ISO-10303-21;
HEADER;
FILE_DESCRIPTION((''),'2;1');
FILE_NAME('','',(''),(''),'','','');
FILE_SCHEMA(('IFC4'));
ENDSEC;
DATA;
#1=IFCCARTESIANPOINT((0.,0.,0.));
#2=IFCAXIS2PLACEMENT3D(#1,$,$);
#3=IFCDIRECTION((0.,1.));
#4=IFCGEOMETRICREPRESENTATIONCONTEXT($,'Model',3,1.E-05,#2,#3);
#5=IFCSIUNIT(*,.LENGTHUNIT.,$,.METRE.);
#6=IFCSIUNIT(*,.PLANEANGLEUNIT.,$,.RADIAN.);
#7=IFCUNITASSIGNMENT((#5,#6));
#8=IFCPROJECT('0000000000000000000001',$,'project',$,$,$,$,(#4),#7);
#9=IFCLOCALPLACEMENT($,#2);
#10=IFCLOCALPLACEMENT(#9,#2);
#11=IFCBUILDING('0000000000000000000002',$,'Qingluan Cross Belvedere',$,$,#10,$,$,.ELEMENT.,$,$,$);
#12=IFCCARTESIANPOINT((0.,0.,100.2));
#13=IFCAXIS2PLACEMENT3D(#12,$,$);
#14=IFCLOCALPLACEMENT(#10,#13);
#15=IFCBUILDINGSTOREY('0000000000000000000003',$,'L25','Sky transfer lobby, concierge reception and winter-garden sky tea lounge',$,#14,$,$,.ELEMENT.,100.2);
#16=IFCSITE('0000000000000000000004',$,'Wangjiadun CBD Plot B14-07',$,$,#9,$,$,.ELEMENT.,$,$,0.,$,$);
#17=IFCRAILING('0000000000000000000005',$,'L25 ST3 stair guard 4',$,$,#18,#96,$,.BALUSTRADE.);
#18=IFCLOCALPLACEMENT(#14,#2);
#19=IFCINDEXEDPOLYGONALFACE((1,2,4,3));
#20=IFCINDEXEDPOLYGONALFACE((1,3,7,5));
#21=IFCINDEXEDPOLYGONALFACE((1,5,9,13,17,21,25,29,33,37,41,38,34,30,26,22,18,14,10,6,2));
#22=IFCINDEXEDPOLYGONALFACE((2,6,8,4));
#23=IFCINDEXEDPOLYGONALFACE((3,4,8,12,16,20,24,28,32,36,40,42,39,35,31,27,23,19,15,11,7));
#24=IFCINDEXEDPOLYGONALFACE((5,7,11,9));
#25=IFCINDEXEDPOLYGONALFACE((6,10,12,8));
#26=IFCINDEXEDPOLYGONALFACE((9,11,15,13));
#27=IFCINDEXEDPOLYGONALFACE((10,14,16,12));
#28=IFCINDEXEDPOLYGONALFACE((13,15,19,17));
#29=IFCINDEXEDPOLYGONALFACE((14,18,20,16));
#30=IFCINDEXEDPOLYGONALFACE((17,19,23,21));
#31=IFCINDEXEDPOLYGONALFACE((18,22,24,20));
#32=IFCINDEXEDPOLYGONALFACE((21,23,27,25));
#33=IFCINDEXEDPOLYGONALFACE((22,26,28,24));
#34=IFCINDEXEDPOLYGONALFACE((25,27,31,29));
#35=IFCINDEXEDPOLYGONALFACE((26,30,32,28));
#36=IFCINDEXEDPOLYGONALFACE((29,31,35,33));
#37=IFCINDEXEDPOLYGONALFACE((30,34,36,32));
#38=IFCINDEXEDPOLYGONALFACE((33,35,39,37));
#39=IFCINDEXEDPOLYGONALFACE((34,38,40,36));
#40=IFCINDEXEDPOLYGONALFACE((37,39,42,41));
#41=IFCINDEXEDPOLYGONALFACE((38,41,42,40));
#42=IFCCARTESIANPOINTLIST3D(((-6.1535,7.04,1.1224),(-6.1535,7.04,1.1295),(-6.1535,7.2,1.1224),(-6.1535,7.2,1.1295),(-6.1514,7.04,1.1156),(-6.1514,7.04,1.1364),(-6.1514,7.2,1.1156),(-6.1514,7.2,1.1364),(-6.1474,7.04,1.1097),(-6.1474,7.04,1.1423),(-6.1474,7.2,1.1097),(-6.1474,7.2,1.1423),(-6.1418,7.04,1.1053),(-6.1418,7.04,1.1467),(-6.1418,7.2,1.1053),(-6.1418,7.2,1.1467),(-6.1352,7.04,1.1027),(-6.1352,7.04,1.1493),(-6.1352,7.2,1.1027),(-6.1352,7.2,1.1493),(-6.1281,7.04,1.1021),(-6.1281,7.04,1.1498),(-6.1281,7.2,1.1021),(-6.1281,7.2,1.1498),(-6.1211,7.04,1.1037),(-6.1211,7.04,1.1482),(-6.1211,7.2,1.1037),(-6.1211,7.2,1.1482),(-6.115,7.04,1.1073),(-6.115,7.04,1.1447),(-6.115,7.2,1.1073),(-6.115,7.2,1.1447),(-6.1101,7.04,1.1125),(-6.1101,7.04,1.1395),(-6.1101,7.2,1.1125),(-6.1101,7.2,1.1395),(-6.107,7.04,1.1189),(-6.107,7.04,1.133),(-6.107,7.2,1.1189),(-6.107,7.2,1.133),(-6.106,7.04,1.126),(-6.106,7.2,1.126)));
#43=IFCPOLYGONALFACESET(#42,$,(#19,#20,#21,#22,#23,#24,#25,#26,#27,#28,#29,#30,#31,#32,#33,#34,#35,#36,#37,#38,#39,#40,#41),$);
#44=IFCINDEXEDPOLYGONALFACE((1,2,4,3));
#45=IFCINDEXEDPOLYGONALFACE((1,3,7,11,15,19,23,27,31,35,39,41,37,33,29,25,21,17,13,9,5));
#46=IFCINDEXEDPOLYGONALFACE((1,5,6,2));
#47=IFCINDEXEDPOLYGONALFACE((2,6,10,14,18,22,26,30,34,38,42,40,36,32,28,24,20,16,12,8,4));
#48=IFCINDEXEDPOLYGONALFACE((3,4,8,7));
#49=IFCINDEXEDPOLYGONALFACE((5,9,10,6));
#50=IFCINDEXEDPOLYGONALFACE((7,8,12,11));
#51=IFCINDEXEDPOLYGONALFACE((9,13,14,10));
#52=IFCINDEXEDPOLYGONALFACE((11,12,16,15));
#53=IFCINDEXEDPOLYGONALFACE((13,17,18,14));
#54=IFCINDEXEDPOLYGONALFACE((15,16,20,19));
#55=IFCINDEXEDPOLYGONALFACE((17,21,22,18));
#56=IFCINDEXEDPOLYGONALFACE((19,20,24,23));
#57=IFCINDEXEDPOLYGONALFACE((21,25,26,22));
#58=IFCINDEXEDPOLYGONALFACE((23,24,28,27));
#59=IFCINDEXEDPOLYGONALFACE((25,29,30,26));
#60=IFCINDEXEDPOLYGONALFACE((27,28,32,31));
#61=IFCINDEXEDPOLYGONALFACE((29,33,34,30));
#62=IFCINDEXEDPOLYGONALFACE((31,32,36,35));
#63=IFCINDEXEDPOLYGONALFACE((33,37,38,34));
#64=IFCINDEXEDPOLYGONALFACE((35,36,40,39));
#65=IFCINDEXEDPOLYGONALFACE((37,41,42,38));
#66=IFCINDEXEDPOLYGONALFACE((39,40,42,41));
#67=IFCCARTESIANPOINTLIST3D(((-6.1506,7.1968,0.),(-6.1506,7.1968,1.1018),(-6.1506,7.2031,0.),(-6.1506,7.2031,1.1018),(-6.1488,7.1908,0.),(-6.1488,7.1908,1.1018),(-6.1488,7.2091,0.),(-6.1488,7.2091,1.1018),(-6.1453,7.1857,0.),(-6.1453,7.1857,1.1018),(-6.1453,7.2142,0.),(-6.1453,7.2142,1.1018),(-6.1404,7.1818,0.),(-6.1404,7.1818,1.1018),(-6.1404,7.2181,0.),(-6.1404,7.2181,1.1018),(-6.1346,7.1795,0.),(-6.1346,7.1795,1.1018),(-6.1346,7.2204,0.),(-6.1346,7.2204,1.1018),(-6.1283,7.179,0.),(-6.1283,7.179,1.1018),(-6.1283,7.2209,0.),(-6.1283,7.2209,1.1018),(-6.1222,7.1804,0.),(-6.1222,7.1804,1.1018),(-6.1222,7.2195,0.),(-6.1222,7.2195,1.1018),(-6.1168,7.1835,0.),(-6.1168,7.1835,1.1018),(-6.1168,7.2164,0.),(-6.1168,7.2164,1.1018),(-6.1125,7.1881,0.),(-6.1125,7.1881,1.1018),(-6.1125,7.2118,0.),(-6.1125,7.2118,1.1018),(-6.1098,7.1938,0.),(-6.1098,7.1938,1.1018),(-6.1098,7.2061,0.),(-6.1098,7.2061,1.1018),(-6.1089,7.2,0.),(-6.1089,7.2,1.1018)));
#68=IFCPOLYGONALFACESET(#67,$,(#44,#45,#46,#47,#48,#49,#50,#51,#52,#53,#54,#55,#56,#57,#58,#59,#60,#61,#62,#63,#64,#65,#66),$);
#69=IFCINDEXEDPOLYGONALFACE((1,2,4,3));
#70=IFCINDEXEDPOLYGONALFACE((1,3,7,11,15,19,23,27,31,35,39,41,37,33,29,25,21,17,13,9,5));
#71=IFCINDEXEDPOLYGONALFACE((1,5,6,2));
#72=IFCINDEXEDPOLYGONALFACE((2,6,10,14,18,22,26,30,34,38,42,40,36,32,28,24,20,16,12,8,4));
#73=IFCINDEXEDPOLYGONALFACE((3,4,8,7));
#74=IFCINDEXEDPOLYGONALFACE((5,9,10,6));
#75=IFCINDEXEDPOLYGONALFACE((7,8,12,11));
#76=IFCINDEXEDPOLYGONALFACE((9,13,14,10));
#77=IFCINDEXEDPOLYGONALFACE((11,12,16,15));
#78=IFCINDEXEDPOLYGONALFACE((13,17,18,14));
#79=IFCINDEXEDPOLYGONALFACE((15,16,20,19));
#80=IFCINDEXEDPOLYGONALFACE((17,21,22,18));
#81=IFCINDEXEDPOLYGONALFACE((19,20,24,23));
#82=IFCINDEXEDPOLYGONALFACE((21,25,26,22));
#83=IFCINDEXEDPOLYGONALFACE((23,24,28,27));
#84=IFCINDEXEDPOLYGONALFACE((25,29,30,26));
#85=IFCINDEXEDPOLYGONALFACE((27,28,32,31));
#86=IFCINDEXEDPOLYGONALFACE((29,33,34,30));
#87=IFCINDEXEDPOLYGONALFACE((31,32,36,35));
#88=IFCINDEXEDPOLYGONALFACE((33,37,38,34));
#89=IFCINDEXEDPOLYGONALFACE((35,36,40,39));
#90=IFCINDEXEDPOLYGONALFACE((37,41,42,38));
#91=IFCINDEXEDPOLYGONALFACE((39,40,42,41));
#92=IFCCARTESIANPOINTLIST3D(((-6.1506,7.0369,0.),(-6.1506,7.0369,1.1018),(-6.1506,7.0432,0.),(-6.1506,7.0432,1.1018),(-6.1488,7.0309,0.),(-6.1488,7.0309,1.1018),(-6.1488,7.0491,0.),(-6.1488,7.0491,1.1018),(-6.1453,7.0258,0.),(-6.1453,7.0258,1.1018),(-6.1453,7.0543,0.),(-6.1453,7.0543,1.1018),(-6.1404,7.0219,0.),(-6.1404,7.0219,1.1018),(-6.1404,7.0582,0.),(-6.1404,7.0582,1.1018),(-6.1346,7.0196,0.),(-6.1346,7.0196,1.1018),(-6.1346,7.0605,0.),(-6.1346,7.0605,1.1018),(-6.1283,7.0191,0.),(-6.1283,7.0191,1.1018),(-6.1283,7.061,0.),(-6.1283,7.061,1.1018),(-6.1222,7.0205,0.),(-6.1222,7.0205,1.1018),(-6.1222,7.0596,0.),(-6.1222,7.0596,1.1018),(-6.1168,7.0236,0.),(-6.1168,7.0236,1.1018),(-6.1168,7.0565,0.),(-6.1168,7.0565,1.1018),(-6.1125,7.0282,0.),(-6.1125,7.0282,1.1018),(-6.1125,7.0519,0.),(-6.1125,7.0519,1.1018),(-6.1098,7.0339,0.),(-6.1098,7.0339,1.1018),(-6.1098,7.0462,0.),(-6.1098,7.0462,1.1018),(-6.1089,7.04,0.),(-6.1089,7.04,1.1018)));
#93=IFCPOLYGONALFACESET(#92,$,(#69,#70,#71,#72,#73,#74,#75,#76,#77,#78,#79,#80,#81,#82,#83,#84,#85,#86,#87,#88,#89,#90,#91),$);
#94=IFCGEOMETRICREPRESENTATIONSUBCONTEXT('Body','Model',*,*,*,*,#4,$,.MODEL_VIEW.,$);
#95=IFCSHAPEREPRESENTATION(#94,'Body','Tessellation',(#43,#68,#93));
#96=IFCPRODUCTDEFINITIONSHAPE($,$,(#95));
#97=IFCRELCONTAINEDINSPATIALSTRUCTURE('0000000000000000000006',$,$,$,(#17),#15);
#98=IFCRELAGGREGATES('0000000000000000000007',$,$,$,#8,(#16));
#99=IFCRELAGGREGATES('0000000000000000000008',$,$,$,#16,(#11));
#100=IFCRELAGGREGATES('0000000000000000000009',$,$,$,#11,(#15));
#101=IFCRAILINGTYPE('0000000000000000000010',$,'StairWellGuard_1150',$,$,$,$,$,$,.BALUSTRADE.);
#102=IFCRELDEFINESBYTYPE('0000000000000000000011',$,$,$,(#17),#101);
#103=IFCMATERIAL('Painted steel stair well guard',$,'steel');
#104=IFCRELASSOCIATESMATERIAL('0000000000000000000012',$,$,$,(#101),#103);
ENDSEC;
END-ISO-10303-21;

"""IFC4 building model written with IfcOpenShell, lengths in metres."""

from ifc_helpers import new_model, si_unit, direction, frame, origin, origin_2d, place, context, subcontext, project, spatial, circle, extrude, material, type_object, element, save


model = new_model("IFC4")

# Units and contexts
model_context = context("Model", 3, precision=1e-05, world=origin(), true_north=direction((0.0, 1.0)))
body_context = subcontext(model_context, "Body", "Model", "MODEL_VIEW")
ifc_project = project(units=[si_unit("LENGTHUNIT", "METRE"), si_unit("PLANEANGLEUNIT", "RADIAN")], contexts=[model_context])

# Site, building, storey
site_placement = place(None, origin())
site = spatial("IfcSite", under=ifc_project, at=site_placement, Name="Wangjiadun CBD Plot B14-07", CompositionType="ELEMENT", RefElevation=0.0)
building_placement = place(site_placement, origin())
building = spatial("IfcBuilding", under=site, at=building_placement, Name="Qingluan Cross Belvedere", CompositionType="ELEMENT")
storey_placement = place(building_placement, frame((0.0, 0.0, 100.2)))
storey = spatial("IfcBuildingStorey", under=building, at=storey_placement, Name="L25", Description="Sky transfer lobby, concierge reception and winter-garden sky tea lounge", CompositionType="ELEMENT", Elevation=100.2)

# Railing
ifc_material_1 = material(Name="Painted steel stair well guard", Category="steel")
railing_type_1 = type_object("IfcRailingType", Name="StairWellGuard_1150", PredefinedType="BALUSTRADE", material=ifc_material_1)
railing_1_placement = place(storey_placement, frame((-6.1299, 7.2, 0.0)))
element("IfcRailing", 1, at=railing_1_placement, inside=storey, type_object=railing_type_1, Name="L25 ST3 stair guard 4", PredefinedType="BALUSTRADE", context=body_context, shape_type="SweptSolid", body=[
    extrude(circle(Radius=0.0239, at=origin_2d()), frame((0.0, 0.0, 1.126), z_axis=(0.0, -1.0, 0.0), x_axis=(1.0, 0.0, 0.0)), (0.0, 0.0, 1.0), 0.1599),
    extrude(circle(Radius=0.021, at=origin_2d()), origin(), (0.0, 0.0, 1.0), 1.1018),
    extrude(circle(Radius=0.021, at=origin_2d()), frame((0.0, -0.1599, 0.0)), (0.0, 0.0, 1.0), 1.1018),
])

save(model, "model.ifc")
